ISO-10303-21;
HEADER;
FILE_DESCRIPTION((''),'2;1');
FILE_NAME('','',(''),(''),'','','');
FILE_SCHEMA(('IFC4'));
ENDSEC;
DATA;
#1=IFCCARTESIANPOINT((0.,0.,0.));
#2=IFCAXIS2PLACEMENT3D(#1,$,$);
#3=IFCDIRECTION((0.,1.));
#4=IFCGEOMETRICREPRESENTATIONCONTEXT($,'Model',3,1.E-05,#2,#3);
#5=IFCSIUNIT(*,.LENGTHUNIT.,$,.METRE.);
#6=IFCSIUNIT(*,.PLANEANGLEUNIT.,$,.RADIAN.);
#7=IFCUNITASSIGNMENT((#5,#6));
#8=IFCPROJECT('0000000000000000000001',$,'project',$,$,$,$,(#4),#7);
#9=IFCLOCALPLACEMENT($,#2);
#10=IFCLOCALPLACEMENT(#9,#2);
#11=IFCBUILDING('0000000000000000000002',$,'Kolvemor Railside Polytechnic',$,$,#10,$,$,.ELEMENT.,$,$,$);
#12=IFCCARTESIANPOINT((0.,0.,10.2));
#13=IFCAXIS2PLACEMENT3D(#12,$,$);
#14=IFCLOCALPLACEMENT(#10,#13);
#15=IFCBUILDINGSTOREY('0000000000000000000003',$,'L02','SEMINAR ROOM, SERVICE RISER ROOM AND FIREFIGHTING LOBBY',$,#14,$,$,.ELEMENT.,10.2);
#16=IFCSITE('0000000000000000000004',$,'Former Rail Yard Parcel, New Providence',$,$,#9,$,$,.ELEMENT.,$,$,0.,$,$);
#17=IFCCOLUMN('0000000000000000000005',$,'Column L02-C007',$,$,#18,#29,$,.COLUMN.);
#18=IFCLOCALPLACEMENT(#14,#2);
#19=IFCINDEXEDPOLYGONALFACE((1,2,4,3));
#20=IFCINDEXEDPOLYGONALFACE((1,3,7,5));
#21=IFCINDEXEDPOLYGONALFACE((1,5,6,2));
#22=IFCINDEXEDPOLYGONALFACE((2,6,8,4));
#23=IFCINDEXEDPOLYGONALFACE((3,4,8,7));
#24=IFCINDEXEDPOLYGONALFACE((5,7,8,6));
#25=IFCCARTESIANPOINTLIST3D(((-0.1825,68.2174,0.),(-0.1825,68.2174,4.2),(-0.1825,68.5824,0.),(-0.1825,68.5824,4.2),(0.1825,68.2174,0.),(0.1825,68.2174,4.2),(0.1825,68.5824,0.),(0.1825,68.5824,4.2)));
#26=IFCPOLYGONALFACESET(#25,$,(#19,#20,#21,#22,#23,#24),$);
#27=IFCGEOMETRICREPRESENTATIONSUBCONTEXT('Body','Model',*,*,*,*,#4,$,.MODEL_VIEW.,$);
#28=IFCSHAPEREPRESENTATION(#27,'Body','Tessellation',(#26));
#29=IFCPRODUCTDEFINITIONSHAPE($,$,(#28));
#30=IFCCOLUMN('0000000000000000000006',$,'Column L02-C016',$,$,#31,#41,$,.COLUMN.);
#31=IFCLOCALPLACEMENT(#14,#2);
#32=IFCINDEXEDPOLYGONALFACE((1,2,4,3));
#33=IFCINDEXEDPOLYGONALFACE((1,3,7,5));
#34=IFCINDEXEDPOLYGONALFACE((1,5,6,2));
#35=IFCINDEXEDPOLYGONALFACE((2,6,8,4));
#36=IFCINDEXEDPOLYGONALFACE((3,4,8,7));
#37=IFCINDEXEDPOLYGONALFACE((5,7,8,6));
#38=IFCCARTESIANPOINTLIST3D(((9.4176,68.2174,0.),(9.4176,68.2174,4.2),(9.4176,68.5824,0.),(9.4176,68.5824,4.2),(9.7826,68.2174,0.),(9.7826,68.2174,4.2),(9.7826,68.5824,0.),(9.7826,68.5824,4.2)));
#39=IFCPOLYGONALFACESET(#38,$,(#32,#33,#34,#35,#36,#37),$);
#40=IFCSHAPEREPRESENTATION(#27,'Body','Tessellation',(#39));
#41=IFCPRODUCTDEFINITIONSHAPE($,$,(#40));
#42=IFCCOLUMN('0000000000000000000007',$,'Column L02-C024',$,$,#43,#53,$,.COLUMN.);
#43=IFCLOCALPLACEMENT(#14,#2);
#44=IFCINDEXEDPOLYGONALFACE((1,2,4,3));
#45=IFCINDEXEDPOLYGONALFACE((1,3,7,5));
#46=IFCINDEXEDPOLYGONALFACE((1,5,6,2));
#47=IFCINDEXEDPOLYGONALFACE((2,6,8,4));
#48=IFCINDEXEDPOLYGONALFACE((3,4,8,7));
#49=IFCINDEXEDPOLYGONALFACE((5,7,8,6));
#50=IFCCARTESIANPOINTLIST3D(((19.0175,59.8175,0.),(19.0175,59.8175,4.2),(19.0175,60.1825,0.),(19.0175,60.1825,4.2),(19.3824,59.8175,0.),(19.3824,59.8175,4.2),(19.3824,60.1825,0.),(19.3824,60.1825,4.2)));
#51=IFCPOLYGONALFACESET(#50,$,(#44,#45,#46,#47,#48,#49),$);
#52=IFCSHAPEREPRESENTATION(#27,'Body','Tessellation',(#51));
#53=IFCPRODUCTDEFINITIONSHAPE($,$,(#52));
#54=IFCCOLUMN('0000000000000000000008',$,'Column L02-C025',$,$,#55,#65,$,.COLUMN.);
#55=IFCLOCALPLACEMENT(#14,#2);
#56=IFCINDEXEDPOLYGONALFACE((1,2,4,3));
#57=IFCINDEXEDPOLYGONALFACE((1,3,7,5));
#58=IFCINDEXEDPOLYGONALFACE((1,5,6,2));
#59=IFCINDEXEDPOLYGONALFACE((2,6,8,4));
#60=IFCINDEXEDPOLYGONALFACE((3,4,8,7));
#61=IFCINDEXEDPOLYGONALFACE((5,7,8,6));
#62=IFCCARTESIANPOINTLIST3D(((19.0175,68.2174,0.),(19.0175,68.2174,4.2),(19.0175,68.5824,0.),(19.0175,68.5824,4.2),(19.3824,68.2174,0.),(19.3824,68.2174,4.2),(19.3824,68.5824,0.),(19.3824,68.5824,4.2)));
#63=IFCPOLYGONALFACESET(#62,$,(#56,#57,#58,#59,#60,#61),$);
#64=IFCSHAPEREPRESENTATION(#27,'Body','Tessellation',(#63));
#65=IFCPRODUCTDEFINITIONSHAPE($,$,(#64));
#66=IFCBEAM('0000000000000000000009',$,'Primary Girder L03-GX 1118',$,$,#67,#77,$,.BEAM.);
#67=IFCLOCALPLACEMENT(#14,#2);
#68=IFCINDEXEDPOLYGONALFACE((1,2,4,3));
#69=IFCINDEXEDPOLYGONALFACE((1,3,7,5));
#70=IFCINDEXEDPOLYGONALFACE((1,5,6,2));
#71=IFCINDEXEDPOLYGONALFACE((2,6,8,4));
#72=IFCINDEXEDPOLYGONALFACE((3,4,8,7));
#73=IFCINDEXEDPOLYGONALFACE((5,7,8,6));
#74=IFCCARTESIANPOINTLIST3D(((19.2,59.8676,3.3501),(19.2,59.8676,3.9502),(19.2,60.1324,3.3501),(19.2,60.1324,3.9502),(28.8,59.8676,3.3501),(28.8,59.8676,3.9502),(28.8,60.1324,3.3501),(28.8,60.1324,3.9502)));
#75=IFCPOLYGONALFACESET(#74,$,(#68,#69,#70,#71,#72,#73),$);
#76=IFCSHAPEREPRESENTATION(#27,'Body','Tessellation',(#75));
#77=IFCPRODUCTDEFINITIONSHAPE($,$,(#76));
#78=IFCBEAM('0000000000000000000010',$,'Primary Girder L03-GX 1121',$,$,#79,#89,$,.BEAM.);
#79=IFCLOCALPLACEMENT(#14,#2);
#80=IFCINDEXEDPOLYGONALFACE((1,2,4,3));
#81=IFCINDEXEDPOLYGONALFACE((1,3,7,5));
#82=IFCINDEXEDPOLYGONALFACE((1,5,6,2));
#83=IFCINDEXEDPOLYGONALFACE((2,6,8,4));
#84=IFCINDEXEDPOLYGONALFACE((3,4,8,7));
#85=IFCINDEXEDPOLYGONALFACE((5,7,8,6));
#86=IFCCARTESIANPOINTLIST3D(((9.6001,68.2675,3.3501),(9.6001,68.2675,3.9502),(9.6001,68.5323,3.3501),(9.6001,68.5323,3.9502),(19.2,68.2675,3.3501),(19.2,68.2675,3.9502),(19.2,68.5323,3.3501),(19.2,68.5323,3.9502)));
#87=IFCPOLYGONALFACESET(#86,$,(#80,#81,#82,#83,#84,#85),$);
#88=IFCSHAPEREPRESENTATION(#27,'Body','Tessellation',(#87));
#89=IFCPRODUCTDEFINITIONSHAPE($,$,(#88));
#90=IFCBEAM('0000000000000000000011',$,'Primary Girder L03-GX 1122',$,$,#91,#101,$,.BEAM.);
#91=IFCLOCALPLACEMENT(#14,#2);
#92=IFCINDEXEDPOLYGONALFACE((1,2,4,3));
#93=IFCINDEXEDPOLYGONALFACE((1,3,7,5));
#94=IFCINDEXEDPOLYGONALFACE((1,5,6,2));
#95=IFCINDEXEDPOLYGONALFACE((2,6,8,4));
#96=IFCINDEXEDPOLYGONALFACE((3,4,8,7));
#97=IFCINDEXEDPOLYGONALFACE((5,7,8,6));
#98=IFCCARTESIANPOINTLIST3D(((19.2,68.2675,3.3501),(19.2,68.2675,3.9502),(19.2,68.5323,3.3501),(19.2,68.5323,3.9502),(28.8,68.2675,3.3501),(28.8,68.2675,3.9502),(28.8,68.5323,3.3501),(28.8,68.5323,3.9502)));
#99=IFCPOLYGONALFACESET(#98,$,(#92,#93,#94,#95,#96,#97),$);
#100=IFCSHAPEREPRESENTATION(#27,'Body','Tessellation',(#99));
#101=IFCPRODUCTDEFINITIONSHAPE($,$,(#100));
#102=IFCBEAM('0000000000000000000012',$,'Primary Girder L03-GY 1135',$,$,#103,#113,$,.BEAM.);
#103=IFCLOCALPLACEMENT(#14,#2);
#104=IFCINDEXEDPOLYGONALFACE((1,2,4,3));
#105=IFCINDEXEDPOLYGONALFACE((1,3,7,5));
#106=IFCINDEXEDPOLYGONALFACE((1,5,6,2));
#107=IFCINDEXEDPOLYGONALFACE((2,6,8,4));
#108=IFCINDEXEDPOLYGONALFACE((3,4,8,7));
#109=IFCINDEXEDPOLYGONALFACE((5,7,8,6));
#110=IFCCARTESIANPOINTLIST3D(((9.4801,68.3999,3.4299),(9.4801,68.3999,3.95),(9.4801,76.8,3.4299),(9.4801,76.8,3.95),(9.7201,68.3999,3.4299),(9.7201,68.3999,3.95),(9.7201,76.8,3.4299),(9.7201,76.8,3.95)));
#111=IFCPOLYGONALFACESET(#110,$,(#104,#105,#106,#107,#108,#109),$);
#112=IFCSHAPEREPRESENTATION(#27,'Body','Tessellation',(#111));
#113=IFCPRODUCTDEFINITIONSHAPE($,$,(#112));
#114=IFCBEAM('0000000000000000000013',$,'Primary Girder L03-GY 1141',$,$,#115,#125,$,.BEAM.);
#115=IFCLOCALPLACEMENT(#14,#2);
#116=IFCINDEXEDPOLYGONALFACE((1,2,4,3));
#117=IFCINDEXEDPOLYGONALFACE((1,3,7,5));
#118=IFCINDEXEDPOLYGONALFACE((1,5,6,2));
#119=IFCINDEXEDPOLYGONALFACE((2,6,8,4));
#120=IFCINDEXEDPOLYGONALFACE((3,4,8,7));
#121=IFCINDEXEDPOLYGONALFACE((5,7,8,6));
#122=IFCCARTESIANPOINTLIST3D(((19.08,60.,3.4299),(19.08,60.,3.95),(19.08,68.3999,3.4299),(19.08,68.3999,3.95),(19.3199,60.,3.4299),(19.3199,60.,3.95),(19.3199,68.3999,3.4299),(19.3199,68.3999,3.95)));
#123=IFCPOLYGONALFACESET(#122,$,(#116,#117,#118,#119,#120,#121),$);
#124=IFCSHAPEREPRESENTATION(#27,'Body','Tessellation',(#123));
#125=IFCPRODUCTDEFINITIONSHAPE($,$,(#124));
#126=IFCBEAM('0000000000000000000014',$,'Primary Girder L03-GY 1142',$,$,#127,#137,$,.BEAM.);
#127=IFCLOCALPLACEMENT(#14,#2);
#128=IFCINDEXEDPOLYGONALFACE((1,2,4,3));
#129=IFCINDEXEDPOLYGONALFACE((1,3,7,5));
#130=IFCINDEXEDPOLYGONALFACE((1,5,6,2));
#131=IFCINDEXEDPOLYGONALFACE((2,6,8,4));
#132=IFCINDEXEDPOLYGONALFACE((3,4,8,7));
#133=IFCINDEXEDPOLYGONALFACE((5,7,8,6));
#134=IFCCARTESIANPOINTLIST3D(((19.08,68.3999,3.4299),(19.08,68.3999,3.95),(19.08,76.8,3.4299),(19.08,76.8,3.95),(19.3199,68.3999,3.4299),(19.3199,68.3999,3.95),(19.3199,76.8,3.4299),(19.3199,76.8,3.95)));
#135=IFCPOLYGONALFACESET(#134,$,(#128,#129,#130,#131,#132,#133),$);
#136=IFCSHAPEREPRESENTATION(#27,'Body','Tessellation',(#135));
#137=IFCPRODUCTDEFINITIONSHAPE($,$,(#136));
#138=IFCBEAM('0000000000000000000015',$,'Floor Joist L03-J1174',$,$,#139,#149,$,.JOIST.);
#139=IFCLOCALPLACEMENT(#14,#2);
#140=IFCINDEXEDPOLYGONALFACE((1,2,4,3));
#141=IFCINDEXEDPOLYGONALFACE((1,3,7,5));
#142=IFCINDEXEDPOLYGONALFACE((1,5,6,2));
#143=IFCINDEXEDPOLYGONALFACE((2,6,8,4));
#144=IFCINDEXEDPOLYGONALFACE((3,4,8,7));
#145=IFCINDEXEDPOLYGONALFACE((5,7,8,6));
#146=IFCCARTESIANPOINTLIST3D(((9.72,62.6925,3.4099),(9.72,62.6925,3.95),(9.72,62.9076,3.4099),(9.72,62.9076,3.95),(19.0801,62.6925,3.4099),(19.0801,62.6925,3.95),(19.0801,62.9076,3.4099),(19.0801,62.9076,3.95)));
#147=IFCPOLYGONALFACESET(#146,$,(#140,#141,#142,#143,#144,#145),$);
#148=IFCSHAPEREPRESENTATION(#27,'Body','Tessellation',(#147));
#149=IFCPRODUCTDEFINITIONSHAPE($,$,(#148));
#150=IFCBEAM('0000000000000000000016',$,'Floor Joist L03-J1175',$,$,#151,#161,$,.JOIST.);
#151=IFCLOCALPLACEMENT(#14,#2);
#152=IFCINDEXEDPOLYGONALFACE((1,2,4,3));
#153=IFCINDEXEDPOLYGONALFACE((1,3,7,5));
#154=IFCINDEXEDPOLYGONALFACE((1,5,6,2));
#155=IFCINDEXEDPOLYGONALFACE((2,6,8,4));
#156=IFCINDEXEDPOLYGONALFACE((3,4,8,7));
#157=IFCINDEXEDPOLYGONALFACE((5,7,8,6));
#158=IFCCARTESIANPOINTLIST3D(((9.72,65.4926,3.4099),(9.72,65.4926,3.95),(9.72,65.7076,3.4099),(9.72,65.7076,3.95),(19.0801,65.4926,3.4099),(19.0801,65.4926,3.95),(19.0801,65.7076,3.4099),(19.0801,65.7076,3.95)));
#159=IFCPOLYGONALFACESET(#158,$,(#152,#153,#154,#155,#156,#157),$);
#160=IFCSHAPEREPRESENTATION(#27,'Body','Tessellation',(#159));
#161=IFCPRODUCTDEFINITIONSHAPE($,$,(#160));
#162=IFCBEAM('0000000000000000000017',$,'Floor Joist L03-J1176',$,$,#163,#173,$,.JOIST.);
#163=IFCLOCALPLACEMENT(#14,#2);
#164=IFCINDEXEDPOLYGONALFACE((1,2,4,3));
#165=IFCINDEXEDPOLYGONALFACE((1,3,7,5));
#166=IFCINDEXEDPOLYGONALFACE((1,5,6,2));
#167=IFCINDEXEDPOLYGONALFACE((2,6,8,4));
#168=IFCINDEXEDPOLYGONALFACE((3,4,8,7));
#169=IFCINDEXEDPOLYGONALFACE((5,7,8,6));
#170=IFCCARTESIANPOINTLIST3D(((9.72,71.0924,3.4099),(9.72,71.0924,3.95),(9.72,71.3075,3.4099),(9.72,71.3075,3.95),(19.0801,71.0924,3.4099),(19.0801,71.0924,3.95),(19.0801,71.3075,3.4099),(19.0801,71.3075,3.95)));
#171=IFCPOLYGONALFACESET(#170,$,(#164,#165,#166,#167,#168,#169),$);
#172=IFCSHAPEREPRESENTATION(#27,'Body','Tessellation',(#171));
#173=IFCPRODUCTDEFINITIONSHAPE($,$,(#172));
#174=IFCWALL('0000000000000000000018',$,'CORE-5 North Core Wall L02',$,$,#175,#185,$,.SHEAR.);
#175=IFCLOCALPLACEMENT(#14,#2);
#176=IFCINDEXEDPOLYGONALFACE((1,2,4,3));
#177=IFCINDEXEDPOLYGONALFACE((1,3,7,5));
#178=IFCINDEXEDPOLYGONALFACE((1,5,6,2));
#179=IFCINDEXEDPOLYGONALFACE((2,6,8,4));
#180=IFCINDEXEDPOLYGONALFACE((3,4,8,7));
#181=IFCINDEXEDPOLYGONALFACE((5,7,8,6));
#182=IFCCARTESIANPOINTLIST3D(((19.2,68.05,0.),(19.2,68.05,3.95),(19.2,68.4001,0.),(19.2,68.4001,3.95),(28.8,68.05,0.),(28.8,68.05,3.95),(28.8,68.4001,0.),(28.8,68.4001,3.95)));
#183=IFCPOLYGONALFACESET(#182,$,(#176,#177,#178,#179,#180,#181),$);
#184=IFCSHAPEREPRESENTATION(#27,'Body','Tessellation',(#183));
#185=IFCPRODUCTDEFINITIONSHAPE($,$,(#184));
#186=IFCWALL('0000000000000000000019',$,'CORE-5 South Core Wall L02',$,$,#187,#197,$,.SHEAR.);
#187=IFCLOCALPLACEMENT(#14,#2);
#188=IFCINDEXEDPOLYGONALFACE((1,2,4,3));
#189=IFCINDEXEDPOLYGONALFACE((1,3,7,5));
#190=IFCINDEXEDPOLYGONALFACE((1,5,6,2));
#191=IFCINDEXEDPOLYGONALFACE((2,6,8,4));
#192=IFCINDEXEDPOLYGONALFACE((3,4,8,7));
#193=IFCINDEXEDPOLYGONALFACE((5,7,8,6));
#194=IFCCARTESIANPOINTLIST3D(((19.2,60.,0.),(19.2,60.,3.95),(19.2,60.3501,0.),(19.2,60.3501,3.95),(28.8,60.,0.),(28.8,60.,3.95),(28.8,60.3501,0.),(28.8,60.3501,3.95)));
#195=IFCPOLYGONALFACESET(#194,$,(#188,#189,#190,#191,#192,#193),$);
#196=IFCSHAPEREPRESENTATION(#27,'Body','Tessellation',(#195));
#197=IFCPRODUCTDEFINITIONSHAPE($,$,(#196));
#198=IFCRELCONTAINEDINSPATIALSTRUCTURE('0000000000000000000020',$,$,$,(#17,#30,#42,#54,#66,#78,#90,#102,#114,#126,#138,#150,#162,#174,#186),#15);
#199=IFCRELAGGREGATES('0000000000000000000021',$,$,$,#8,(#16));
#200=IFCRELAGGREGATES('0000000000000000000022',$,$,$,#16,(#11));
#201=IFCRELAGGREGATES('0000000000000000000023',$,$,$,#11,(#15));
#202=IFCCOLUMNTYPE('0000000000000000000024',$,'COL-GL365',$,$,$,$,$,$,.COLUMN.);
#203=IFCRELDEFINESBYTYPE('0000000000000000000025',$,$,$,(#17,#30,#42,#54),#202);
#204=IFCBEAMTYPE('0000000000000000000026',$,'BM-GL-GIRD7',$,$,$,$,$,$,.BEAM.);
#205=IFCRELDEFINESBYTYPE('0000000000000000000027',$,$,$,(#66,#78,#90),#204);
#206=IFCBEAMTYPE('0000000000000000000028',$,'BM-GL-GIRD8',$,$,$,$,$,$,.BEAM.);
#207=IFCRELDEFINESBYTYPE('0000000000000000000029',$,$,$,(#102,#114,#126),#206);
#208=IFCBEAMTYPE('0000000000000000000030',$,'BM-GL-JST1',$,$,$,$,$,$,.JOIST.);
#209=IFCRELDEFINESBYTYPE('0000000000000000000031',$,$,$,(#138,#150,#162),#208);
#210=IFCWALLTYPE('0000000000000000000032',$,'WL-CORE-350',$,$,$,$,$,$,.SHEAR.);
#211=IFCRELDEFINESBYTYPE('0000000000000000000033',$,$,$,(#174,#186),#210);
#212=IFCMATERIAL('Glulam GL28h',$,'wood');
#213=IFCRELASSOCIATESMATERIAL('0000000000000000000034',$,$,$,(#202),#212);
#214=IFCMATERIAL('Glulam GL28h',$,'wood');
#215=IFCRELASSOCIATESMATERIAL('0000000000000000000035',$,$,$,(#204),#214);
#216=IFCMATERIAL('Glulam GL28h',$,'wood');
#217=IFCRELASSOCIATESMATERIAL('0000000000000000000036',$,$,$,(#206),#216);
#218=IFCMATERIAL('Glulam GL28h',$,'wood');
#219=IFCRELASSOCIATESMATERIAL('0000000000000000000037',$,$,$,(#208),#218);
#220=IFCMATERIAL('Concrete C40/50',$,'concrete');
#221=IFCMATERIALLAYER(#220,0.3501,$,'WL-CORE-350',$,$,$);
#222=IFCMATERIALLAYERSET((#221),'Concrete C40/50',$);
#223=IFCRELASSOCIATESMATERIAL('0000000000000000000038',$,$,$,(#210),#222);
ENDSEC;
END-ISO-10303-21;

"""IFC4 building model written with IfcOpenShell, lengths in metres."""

from ifc_helpers import new_model, si_unit, direction, frame, frame_2d, origin, origin_2d, place, context, subcontext, project, spatial, rectangle, extrude, material, layer, layer_set, material_profile, profile_set, type_object, element, save


model = new_model("IFC4")

# Units and contexts
model_context = context("Model", 3, precision=1e-05, world=origin(), true_north=direction((0.0, 1.0)))
body_context = subcontext(model_context, "Body", "Model", "MODEL_VIEW")
ifc_project = project(units=[si_unit("LENGTHUNIT", "METRE"), si_unit("PLANEANGLEUNIT", "RADIAN")], contexts=[model_context])

# Site, building, storey
site_placement = place(None, origin())
site = spatial("IfcSite", under=ifc_project, at=site_placement, Name="Former Rail Yard Parcel, New Providence", CompositionType="ELEMENT", RefElevation=0.0)
building_placement = place(site_placement, origin())
building = spatial("IfcBuilding", under=site, at=building_placement, Name="Kolvemor Railside Polytechnic", CompositionType="ELEMENT")
storey_placement = place(building_placement, frame((0.0, 0.0, 10.2)))
storey = spatial("IfcBuildingStorey", under=building, at=storey_placement, Name="L02", Description="SEMINAR ROOM, SERVICE RISER ROOM AND FIREFIGHTING LOBBY", CompositionType="ELEMENT", Elevation=10.2)

# Columns
ifc_material_1 = material(Name="Glulam GL28h", Category="wood")
ifc_material_profile_1 = material_profile(ifc_material_1, rectangle(XDim=0.365, YDim=0.365, at=origin_2d()), Name="GL365x365")
ifc_profile_set_1 = profile_set([ifc_material_profile_1], Name="Glulam GL28h")
column_type = type_object("IfcColumnType", Name="COL-GL365", PredefinedType="COLUMN", material=ifc_profile_set_1)
for number, where, z_axis, x_axis, name in (
    (1, (0.0, 68.3999, 0.0), (0.0, 0.0, 1.0), (1.0, 0.0, 0.0), "Column L02-C007"),
    (2, (9.6001, 68.3999, 0.0), (0.0, 0.0, 1.0), (1.0, 0.0, 0.0), "Column L02-C016"),
    (3, (19.2, 60.0, 0.0), (0.0, 0.0, 1.0), (1.0, 0.0, 0.0), "Column L02-C024"),
    (4, (19.2, 68.3999, 0.0), (0.0, 0.0, 1.0), (1.0, 0.0, 0.0), "Column L02-C025"),
):
    element("IfcColumn", number, at=place(storey_placement, frame(where, z_axis=z_axis, x_axis=x_axis)), inside=storey, type_object=column_type, Name=name, PredefinedType="COLUMN", context=body_context, shape_type="SweptSolid", body=[
        extrude(rectangle(XDim=0.365, YDim=0.365, at=origin_2d()), origin(), (0.0, 0.0, 1.0), 4.2),
    ])

# Beams
ifc_material_2 = material(Name="Glulam GL28h", Category="wood")
ifc_material_profile_2 = material_profile(ifc_material_2, rectangle(XDim=0.2649, YDim=0.6001, at=origin_2d()), Name="GL265x600")
ifc_profile_set_2 = profile_set([ifc_material_profile_2], Name="Glulam GL28h")
beam_type_1 = type_object("IfcBeamType", Name="BM-GL-GIRD7", PredefinedType="BEAM", material=ifc_profile_set_2)
beam_1_placement = place(storey_placement, frame((19.2, 60.0, 3.6501), z_axis=(1.0, 0.0, 0.0), x_axis=(0.0, 1.0, 0.0)))
element("IfcBeam", 5, at=beam_1_placement, inside=storey, type_object=beam_type_1, Name="Primary Girder L03-GX 1118", PredefinedType="BEAM", context=body_context, shape_type="SweptSolid", body=[
    extrude(rectangle(XDim=0.2649, YDim=0.6001, at=origin_2d()), origin(), (0.0, 0.0, 1.0), 9.6001),
])
beam_2_placement = place(storey_placement, frame((9.6001, 68.3999, 3.6501), z_axis=(1.0, 0.0, 0.0), x_axis=(0.0, 1.0, 0.0)))
element("IfcBeam", 6, at=beam_2_placement, inside=storey, type_object=beam_type_1, Name="Primary Girder L03-GX 1121", PredefinedType="BEAM", context=body_context, shape_type="SweptSolid", body=[
    extrude(rectangle(XDim=0.2649, YDim=0.6001, at=origin_2d()), origin(), (0.0, 0.0, 1.0), 9.5999),
])
beam_3_placement = place(storey_placement, frame((19.2, 68.3999, 3.6501), z_axis=(1.0, 0.0, 0.0), x_axis=(0.0, 1.0, 0.0)))
element("IfcBeam", 7, at=beam_3_placement, inside=storey, type_object=beam_type_1, Name="Primary Girder L03-GX 1122", PredefinedType="BEAM", context=body_context, shape_type="SweptSolid", body=[
    extrude(rectangle(XDim=0.2649, YDim=0.6001, at=origin_2d()), origin(), (0.0, 0.0, 1.0), 9.6001),
])
ifc_material_3 = material(Name="Glulam GL28h", Category="wood")
ifc_material_profile_3 = material_profile(ifc_material_3, rectangle(XDim=0.24, YDim=0.52, at=origin_2d()), Name="GL240x520")
ifc_profile_set_3 = profile_set([ifc_material_profile_3], Name="Glulam GL28h")
beam_type_2 = type_object("IfcBeamType", Name="BM-GL-GIRD8", PredefinedType="BEAM", material=ifc_profile_set_3)
beam_4_placement = place(storey_placement, frame((9.6001, 68.3999, 3.6899), z_axis=(0.0, 1.0, 0.0), x_axis=(-1.0, 0.0, 0.0)))
element("IfcBeam", 8, at=beam_4_placement, inside=storey, type_object=beam_type_2, Name="Primary Girder L03-GY 1135", PredefinedType="BEAM", context=body_context, shape_type="SweptSolid", body=[
    extrude(rectangle(XDim=0.24, YDim=0.52, at=origin_2d()), origin(), (0.0, 0.0, 1.0), 8.4001),
])
beam_5_placement = place(storey_placement, frame((19.2, 60.0, 3.6899), z_axis=(0.0, 1.0, 0.0), x_axis=(-1.0, 0.0, 0.0)))
element("IfcBeam", 9, at=beam_5_placement, inside=storey, type_object=beam_type_2, Name="Primary Girder L03-GY 1141", PredefinedType="BEAM", context=body_context, shape_type="SweptSolid", body=[
    extrude(rectangle(XDim=0.24, YDim=0.52, at=origin_2d()), origin(), (0.0, 0.0, 1.0), 8.3999),
])
beam_6_placement = place(storey_placement, frame((19.2, 68.3999, 3.6899), z_axis=(0.0, 1.0, 0.0), x_axis=(-1.0, 0.0, 0.0)))
element("IfcBeam", 10, at=beam_6_placement, inside=storey, type_object=beam_type_2, Name="Primary Girder L03-GY 1142", PredefinedType="BEAM", context=body_context, shape_type="SweptSolid", body=[
    extrude(rectangle(XDim=0.24, YDim=0.52, at=origin_2d()), origin(), (0.0, 0.0, 1.0), 8.4001),
])
ifc_material_4 = material(Name="Glulam GL28h", Category="wood")
ifc_material_profile_4 = material_profile(ifc_material_4, rectangle(XDim=0.2151, YDim=0.54, at=origin_2d()), Name="GL215x540")
ifc_profile_set_4 = profile_set([ifc_material_profile_4], Name="Glulam GL28h")
beam_type_3 = type_object("IfcBeamType", Name="BM-GL-JST1", PredefinedType="JOIST", material=ifc_profile_set_4)
for number, where, z_axis, x_axis, name in (
    (11, (9.72, 62.8, 3.6799), (1.0, 0.0, 0.0), (0.0, 1.0, 0.0), "Floor Joist L03-J1174"),
    (12, (9.72, 65.6001, 3.6799), (1.0, 0.0, 0.0), (0.0, 1.0, 0.0), "Floor Joist L03-J1175"),
    (13, (9.72, 71.2, 3.6799), (1.0, 0.0, 0.0), (0.0, 1.0, 0.0), "Floor Joist L03-J1176"),
):
    element("IfcBeam", number, at=place(storey_placement, frame(where, z_axis=z_axis, x_axis=x_axis)), inside=storey, type_object=beam_type_3, Name=name, PredefinedType="JOIST", context=body_context, shape_type="SweptSolid", body=[
        extrude(rectangle(XDim=0.2151, YDim=0.54, at=origin_2d()), origin(), (0.0, 0.0, 1.0), 9.3601),
    ])

# Walls
ifc_material_5 = material(Name="Concrete C40/50", Category="concrete")
ifc_layer_1 = layer(ifc_material_5, 0.3501, Name="WL-CORE-350")
ifc_layer_set_1 = layer_set([ifc_layer_1], Name="Concrete C40/50")
wall_type_1 = type_object("IfcWallType", Name="WL-CORE-350", PredefinedType="SHEAR", material=ifc_layer_set_1)
for number, where, z_axis, x_axis, name in (
    (14, (19.2, 68.2251, 0.0), (0.0, 0.0, 1.0), (1.0, 0.0, 0.0), "CORE-5 North Core Wall L02"),
    (15, (19.2, 60.175, 0.0), (0.0, 0.0, 1.0), (1.0, 0.0, 0.0), "CORE-5 South Core Wall L02"),
):
    element("IfcWall", number, at=place(storey_placement, frame(where, z_axis=z_axis, x_axis=x_axis)), inside=storey, type_object=wall_type_1, Name=name, PredefinedType="SHEAR", context=body_context, shape_type="SweptSolid", body=[
        extrude(rectangle(XDim=9.6001, YDim=0.3501, at=frame_2d((4.8, 0.0))), origin(), (0.0, 0.0, 1.0), 3.95),
    ])

save(model, "model.ifc")
